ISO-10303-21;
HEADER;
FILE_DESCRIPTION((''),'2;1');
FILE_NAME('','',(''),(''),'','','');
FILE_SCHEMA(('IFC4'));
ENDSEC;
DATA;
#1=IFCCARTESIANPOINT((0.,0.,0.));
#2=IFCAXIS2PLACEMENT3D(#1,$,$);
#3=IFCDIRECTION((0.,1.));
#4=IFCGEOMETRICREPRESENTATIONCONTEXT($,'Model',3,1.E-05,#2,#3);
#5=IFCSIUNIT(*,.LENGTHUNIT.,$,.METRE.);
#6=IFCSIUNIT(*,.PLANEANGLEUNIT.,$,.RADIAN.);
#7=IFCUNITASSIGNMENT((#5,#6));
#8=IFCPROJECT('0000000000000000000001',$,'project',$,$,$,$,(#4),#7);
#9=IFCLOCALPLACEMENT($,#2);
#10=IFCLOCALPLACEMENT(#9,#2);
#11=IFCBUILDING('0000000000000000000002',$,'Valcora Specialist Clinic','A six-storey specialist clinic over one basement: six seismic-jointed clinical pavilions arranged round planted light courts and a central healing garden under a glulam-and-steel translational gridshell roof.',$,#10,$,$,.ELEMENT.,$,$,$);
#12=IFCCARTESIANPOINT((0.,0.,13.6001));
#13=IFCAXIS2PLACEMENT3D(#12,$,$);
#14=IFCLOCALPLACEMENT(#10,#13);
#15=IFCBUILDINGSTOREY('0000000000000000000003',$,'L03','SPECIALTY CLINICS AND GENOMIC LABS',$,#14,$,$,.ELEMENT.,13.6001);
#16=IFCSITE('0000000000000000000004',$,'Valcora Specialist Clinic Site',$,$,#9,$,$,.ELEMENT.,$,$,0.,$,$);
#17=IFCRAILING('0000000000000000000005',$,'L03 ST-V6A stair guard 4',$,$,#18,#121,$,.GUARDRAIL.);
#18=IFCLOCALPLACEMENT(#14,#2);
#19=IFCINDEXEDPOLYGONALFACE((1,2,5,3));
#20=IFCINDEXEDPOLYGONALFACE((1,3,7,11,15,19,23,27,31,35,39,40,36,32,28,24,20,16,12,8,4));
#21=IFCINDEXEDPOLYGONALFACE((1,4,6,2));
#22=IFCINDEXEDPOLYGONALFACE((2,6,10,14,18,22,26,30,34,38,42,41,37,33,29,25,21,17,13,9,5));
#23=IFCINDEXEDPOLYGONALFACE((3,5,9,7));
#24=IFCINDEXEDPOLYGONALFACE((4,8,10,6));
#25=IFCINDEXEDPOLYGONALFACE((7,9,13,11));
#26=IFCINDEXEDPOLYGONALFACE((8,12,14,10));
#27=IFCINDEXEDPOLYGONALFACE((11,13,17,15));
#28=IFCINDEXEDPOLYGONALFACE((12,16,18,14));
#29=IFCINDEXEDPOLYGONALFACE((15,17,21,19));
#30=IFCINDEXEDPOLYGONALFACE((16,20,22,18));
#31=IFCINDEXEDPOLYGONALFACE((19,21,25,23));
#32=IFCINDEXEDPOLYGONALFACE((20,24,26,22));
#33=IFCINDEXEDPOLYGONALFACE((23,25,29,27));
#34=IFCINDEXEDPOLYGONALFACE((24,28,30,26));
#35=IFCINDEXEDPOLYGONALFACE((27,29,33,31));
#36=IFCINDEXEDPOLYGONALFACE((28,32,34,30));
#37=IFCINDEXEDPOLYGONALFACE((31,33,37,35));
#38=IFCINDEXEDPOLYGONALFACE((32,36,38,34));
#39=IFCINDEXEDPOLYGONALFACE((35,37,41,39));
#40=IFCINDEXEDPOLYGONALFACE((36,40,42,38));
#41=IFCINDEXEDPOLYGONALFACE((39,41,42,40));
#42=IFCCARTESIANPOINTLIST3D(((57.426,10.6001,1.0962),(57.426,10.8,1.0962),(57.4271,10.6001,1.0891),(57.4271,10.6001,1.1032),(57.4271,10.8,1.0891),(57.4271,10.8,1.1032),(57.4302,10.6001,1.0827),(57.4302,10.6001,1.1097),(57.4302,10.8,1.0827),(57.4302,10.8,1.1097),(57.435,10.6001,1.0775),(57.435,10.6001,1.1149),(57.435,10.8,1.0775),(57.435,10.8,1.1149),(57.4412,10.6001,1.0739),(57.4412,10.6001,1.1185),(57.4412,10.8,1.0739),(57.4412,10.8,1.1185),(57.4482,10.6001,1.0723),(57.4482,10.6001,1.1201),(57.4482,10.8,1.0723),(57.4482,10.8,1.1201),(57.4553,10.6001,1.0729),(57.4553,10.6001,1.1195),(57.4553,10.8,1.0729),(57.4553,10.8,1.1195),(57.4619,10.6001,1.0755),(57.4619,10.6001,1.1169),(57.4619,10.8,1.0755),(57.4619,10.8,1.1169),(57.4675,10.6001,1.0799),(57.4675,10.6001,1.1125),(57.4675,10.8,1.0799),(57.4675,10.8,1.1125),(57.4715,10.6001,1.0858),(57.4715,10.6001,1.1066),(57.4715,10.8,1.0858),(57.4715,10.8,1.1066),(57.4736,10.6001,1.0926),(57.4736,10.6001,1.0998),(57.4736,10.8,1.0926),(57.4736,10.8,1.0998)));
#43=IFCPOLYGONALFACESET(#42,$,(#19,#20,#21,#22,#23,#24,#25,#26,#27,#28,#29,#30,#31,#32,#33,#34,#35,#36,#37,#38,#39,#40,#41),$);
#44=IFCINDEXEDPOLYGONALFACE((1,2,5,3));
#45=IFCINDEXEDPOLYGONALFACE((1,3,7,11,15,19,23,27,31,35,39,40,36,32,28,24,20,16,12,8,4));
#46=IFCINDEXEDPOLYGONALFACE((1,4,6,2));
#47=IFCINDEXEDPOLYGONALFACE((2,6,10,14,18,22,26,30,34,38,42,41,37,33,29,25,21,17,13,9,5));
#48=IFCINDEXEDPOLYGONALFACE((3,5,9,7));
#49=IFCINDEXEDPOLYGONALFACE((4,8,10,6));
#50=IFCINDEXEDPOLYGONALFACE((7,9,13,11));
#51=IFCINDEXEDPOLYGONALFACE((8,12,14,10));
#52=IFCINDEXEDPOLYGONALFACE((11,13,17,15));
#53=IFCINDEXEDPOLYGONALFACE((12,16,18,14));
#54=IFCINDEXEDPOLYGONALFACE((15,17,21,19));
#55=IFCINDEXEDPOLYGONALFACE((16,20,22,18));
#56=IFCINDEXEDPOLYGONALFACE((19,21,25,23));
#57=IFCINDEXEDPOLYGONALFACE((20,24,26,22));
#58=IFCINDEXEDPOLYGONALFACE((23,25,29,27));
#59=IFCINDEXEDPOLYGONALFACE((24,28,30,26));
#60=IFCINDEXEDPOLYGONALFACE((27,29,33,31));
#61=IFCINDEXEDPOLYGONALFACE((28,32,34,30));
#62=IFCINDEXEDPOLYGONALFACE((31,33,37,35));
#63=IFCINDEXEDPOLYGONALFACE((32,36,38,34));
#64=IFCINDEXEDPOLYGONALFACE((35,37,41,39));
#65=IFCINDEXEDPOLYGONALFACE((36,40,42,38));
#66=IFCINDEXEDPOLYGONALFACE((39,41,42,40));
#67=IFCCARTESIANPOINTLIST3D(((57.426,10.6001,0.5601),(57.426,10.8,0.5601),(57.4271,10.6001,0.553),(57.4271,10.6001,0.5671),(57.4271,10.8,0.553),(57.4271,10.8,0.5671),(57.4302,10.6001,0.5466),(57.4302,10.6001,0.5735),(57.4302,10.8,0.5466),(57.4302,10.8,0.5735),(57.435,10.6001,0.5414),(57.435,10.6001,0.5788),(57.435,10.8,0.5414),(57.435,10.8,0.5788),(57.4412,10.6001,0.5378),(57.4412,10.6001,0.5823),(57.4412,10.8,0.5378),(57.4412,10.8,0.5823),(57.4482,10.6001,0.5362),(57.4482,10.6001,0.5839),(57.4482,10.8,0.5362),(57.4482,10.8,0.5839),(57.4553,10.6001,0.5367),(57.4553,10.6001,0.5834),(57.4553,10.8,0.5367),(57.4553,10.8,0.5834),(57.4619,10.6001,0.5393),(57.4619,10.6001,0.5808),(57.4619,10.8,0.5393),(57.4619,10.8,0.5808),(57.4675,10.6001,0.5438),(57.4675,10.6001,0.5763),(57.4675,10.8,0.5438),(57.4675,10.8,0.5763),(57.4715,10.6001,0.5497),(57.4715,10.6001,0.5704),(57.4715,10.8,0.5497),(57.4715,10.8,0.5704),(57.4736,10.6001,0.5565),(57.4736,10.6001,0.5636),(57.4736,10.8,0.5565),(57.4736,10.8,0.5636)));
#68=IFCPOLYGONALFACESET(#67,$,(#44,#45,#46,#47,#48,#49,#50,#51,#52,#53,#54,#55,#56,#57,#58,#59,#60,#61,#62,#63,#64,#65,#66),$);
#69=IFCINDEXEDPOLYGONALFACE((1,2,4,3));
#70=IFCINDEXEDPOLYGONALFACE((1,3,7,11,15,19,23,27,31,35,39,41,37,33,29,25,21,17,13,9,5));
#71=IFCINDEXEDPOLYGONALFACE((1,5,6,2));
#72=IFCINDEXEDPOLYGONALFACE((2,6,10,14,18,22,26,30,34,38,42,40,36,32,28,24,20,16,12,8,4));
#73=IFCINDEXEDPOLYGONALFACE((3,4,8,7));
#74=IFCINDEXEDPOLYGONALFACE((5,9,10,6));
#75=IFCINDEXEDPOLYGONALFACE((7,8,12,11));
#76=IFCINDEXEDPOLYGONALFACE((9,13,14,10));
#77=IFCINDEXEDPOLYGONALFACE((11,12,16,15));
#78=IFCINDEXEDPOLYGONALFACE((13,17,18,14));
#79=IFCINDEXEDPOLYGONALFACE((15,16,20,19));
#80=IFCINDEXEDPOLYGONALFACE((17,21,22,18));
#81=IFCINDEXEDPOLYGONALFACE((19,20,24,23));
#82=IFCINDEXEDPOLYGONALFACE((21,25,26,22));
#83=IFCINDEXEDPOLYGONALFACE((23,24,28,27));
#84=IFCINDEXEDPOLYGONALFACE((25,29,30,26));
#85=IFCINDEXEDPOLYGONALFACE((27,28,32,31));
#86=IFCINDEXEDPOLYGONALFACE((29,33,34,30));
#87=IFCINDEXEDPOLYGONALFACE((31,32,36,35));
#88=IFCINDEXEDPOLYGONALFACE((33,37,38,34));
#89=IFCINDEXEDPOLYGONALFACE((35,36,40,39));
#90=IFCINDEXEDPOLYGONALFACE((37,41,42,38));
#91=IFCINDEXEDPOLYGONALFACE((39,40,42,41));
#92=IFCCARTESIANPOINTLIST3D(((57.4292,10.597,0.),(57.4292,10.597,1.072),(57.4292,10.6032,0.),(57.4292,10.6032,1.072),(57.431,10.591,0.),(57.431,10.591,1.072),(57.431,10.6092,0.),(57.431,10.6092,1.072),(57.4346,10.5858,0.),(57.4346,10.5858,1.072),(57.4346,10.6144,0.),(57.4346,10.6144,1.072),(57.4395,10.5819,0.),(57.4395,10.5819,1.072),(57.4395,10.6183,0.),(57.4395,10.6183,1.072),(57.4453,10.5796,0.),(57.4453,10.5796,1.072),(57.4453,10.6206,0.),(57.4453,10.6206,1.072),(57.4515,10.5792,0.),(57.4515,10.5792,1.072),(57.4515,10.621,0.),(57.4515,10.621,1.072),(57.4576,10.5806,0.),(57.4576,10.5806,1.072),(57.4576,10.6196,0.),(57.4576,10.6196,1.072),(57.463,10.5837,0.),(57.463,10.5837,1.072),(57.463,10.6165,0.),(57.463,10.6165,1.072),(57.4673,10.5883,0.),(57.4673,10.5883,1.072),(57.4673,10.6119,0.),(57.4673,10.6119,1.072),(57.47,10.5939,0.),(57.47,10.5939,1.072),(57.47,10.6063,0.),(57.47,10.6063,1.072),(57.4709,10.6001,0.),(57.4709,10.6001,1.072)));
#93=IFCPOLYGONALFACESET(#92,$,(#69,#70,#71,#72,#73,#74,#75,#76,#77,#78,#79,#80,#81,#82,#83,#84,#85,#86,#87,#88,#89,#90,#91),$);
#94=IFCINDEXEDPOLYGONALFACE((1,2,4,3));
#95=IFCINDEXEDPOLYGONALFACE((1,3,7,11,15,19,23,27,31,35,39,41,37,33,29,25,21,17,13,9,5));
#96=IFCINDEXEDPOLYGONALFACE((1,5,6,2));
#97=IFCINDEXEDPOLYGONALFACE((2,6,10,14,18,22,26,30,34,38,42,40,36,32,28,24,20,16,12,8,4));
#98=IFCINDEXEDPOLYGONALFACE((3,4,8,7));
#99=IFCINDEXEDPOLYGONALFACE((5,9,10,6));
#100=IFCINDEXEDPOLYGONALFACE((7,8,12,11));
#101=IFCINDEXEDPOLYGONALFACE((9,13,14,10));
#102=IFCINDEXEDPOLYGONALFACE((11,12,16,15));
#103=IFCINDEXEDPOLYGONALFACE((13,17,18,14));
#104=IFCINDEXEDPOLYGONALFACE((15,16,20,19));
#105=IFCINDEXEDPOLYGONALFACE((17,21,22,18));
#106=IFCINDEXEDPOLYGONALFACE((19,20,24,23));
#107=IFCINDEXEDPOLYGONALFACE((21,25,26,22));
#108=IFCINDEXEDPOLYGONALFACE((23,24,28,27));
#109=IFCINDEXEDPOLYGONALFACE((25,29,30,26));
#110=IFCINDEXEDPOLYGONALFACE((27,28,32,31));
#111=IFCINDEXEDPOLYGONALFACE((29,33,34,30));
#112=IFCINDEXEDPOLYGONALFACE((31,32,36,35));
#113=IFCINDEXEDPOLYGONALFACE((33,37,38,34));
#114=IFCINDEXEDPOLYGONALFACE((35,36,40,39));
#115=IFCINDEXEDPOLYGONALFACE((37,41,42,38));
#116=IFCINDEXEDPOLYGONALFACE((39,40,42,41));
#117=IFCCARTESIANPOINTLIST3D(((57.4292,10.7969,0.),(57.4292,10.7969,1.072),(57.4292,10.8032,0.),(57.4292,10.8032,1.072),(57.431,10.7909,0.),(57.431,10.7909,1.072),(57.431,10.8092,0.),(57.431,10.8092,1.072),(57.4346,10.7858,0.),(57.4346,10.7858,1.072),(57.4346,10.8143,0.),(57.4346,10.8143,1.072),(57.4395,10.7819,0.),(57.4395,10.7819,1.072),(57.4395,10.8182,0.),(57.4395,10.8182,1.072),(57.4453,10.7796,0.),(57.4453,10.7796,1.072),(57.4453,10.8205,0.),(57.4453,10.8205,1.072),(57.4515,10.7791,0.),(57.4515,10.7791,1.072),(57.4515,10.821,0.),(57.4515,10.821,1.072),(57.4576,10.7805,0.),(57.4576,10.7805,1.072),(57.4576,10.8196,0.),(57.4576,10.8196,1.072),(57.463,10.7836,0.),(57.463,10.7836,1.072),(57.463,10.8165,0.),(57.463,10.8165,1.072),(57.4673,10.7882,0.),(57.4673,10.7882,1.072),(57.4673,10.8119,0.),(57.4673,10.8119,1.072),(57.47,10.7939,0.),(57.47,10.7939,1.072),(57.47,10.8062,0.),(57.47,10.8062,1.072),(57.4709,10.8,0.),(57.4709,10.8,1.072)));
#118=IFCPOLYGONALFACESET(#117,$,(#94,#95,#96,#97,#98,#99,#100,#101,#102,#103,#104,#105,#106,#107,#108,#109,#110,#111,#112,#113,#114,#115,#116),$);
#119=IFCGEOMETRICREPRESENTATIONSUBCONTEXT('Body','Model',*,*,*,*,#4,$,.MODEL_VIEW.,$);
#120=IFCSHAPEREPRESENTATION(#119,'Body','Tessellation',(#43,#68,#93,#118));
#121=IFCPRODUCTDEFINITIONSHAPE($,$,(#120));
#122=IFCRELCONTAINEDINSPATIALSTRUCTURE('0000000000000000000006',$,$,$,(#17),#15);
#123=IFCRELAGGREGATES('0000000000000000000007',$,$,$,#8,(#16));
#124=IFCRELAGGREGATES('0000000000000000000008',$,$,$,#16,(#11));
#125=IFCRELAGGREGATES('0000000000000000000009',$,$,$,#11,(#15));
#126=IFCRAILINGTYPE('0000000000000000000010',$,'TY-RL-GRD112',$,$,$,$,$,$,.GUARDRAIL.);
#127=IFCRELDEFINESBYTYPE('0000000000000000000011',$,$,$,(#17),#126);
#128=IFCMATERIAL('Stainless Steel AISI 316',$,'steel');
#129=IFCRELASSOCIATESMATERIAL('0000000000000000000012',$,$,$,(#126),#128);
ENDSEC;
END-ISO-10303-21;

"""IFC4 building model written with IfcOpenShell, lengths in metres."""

from ifc_helpers import new_model, si_unit, direction, frame, origin, origin_2d, place, context, subcontext, project, spatial, circle, extrude, material, type_object, element, save


model = new_model("IFC4")

# Units and contexts
model_context = context("Model", 3, precision=1e-05, world=origin(), true_north=direction((0.0, 1.0)))
body_context = subcontext(model_context, "Body", "Model", "MODEL_VIEW")
ifc_project = project(units=[si_unit("LENGTHUNIT", "METRE"), si_unit("PLANEANGLEUNIT", "RADIAN")], contexts=[model_context])

# Site, building, storey
site_placement = place(None, origin())
site = spatial("IfcSite", under=ifc_project, at=site_placement, Name="Valcora Specialist Clinic Site", CompositionType="ELEMENT", RefElevation=0.0)
building_placement = place(site_placement, origin())
building = spatial("IfcBuilding", under=site, at=building_placement, Name="Valcora Specialist Clinic", Description="A six-storey specialist clinic over one basement: six seismic-jointed clinical pavilions arranged round planted light courts and a central healing garden under a glulam-and-steel translational gridshell roof.", CompositionType="ELEMENT")
storey_placement = place(building_placement, frame((0.0, 0.0, 13.6001)))
storey = spatial("IfcBuildingStorey", under=building, at=storey_placement, Name="L03", Description="SPECIALTY CLINICS AND GENOMIC LABS", CompositionType="ELEMENT", Elevation=13.6001)

# Railing
ifc_material_1 = material(Name="Stainless Steel AISI 316", Category="steel")
railing_type_1 = type_object("IfcRailingType", Name="TY-RL-GRD112", PredefinedType="GUARDRAIL", material=ifc_material_1)
railing_1_placement = place(storey_placement, frame((57.45, 10.6001, 0.0)))
element("IfcRailing", 1, at=railing_1_placement, inside=storey, type_object=railing_type_1, Name="L03 ST-V6A stair guard 4", PredefinedType="GUARDRAIL", context=body_context, shape_type="SweptSolid", body=[
    extrude(circle(Radius=0.0239, at=origin_2d()), frame((0.0, 0.0, 1.0962), z_axis=(0.0, 1.0, 0.0), x_axis=(-1.0, 0.0, 0.0)), (0.0, 0.0, 1.0), 0.2),
    extrude(circle(Radius=0.0239, at=origin_2d()), frame((0.0, 0.0, 0.5601), z_axis=(0.0, 1.0, 0.0), x_axis=(-1.0, 0.0, 0.0)), (0.0, 0.0, 1.0), 0.2),
    extrude(circle(Radius=0.021, at=origin_2d()), origin(), (0.0, 0.0, 1.0), 1.072),
    extrude(circle(Radius=0.021, at=origin_2d()), frame((0.0, 0.2, 0.0)), (0.0, 0.0, 1.0), 1.072),
])

save(model, "model.ifc")
